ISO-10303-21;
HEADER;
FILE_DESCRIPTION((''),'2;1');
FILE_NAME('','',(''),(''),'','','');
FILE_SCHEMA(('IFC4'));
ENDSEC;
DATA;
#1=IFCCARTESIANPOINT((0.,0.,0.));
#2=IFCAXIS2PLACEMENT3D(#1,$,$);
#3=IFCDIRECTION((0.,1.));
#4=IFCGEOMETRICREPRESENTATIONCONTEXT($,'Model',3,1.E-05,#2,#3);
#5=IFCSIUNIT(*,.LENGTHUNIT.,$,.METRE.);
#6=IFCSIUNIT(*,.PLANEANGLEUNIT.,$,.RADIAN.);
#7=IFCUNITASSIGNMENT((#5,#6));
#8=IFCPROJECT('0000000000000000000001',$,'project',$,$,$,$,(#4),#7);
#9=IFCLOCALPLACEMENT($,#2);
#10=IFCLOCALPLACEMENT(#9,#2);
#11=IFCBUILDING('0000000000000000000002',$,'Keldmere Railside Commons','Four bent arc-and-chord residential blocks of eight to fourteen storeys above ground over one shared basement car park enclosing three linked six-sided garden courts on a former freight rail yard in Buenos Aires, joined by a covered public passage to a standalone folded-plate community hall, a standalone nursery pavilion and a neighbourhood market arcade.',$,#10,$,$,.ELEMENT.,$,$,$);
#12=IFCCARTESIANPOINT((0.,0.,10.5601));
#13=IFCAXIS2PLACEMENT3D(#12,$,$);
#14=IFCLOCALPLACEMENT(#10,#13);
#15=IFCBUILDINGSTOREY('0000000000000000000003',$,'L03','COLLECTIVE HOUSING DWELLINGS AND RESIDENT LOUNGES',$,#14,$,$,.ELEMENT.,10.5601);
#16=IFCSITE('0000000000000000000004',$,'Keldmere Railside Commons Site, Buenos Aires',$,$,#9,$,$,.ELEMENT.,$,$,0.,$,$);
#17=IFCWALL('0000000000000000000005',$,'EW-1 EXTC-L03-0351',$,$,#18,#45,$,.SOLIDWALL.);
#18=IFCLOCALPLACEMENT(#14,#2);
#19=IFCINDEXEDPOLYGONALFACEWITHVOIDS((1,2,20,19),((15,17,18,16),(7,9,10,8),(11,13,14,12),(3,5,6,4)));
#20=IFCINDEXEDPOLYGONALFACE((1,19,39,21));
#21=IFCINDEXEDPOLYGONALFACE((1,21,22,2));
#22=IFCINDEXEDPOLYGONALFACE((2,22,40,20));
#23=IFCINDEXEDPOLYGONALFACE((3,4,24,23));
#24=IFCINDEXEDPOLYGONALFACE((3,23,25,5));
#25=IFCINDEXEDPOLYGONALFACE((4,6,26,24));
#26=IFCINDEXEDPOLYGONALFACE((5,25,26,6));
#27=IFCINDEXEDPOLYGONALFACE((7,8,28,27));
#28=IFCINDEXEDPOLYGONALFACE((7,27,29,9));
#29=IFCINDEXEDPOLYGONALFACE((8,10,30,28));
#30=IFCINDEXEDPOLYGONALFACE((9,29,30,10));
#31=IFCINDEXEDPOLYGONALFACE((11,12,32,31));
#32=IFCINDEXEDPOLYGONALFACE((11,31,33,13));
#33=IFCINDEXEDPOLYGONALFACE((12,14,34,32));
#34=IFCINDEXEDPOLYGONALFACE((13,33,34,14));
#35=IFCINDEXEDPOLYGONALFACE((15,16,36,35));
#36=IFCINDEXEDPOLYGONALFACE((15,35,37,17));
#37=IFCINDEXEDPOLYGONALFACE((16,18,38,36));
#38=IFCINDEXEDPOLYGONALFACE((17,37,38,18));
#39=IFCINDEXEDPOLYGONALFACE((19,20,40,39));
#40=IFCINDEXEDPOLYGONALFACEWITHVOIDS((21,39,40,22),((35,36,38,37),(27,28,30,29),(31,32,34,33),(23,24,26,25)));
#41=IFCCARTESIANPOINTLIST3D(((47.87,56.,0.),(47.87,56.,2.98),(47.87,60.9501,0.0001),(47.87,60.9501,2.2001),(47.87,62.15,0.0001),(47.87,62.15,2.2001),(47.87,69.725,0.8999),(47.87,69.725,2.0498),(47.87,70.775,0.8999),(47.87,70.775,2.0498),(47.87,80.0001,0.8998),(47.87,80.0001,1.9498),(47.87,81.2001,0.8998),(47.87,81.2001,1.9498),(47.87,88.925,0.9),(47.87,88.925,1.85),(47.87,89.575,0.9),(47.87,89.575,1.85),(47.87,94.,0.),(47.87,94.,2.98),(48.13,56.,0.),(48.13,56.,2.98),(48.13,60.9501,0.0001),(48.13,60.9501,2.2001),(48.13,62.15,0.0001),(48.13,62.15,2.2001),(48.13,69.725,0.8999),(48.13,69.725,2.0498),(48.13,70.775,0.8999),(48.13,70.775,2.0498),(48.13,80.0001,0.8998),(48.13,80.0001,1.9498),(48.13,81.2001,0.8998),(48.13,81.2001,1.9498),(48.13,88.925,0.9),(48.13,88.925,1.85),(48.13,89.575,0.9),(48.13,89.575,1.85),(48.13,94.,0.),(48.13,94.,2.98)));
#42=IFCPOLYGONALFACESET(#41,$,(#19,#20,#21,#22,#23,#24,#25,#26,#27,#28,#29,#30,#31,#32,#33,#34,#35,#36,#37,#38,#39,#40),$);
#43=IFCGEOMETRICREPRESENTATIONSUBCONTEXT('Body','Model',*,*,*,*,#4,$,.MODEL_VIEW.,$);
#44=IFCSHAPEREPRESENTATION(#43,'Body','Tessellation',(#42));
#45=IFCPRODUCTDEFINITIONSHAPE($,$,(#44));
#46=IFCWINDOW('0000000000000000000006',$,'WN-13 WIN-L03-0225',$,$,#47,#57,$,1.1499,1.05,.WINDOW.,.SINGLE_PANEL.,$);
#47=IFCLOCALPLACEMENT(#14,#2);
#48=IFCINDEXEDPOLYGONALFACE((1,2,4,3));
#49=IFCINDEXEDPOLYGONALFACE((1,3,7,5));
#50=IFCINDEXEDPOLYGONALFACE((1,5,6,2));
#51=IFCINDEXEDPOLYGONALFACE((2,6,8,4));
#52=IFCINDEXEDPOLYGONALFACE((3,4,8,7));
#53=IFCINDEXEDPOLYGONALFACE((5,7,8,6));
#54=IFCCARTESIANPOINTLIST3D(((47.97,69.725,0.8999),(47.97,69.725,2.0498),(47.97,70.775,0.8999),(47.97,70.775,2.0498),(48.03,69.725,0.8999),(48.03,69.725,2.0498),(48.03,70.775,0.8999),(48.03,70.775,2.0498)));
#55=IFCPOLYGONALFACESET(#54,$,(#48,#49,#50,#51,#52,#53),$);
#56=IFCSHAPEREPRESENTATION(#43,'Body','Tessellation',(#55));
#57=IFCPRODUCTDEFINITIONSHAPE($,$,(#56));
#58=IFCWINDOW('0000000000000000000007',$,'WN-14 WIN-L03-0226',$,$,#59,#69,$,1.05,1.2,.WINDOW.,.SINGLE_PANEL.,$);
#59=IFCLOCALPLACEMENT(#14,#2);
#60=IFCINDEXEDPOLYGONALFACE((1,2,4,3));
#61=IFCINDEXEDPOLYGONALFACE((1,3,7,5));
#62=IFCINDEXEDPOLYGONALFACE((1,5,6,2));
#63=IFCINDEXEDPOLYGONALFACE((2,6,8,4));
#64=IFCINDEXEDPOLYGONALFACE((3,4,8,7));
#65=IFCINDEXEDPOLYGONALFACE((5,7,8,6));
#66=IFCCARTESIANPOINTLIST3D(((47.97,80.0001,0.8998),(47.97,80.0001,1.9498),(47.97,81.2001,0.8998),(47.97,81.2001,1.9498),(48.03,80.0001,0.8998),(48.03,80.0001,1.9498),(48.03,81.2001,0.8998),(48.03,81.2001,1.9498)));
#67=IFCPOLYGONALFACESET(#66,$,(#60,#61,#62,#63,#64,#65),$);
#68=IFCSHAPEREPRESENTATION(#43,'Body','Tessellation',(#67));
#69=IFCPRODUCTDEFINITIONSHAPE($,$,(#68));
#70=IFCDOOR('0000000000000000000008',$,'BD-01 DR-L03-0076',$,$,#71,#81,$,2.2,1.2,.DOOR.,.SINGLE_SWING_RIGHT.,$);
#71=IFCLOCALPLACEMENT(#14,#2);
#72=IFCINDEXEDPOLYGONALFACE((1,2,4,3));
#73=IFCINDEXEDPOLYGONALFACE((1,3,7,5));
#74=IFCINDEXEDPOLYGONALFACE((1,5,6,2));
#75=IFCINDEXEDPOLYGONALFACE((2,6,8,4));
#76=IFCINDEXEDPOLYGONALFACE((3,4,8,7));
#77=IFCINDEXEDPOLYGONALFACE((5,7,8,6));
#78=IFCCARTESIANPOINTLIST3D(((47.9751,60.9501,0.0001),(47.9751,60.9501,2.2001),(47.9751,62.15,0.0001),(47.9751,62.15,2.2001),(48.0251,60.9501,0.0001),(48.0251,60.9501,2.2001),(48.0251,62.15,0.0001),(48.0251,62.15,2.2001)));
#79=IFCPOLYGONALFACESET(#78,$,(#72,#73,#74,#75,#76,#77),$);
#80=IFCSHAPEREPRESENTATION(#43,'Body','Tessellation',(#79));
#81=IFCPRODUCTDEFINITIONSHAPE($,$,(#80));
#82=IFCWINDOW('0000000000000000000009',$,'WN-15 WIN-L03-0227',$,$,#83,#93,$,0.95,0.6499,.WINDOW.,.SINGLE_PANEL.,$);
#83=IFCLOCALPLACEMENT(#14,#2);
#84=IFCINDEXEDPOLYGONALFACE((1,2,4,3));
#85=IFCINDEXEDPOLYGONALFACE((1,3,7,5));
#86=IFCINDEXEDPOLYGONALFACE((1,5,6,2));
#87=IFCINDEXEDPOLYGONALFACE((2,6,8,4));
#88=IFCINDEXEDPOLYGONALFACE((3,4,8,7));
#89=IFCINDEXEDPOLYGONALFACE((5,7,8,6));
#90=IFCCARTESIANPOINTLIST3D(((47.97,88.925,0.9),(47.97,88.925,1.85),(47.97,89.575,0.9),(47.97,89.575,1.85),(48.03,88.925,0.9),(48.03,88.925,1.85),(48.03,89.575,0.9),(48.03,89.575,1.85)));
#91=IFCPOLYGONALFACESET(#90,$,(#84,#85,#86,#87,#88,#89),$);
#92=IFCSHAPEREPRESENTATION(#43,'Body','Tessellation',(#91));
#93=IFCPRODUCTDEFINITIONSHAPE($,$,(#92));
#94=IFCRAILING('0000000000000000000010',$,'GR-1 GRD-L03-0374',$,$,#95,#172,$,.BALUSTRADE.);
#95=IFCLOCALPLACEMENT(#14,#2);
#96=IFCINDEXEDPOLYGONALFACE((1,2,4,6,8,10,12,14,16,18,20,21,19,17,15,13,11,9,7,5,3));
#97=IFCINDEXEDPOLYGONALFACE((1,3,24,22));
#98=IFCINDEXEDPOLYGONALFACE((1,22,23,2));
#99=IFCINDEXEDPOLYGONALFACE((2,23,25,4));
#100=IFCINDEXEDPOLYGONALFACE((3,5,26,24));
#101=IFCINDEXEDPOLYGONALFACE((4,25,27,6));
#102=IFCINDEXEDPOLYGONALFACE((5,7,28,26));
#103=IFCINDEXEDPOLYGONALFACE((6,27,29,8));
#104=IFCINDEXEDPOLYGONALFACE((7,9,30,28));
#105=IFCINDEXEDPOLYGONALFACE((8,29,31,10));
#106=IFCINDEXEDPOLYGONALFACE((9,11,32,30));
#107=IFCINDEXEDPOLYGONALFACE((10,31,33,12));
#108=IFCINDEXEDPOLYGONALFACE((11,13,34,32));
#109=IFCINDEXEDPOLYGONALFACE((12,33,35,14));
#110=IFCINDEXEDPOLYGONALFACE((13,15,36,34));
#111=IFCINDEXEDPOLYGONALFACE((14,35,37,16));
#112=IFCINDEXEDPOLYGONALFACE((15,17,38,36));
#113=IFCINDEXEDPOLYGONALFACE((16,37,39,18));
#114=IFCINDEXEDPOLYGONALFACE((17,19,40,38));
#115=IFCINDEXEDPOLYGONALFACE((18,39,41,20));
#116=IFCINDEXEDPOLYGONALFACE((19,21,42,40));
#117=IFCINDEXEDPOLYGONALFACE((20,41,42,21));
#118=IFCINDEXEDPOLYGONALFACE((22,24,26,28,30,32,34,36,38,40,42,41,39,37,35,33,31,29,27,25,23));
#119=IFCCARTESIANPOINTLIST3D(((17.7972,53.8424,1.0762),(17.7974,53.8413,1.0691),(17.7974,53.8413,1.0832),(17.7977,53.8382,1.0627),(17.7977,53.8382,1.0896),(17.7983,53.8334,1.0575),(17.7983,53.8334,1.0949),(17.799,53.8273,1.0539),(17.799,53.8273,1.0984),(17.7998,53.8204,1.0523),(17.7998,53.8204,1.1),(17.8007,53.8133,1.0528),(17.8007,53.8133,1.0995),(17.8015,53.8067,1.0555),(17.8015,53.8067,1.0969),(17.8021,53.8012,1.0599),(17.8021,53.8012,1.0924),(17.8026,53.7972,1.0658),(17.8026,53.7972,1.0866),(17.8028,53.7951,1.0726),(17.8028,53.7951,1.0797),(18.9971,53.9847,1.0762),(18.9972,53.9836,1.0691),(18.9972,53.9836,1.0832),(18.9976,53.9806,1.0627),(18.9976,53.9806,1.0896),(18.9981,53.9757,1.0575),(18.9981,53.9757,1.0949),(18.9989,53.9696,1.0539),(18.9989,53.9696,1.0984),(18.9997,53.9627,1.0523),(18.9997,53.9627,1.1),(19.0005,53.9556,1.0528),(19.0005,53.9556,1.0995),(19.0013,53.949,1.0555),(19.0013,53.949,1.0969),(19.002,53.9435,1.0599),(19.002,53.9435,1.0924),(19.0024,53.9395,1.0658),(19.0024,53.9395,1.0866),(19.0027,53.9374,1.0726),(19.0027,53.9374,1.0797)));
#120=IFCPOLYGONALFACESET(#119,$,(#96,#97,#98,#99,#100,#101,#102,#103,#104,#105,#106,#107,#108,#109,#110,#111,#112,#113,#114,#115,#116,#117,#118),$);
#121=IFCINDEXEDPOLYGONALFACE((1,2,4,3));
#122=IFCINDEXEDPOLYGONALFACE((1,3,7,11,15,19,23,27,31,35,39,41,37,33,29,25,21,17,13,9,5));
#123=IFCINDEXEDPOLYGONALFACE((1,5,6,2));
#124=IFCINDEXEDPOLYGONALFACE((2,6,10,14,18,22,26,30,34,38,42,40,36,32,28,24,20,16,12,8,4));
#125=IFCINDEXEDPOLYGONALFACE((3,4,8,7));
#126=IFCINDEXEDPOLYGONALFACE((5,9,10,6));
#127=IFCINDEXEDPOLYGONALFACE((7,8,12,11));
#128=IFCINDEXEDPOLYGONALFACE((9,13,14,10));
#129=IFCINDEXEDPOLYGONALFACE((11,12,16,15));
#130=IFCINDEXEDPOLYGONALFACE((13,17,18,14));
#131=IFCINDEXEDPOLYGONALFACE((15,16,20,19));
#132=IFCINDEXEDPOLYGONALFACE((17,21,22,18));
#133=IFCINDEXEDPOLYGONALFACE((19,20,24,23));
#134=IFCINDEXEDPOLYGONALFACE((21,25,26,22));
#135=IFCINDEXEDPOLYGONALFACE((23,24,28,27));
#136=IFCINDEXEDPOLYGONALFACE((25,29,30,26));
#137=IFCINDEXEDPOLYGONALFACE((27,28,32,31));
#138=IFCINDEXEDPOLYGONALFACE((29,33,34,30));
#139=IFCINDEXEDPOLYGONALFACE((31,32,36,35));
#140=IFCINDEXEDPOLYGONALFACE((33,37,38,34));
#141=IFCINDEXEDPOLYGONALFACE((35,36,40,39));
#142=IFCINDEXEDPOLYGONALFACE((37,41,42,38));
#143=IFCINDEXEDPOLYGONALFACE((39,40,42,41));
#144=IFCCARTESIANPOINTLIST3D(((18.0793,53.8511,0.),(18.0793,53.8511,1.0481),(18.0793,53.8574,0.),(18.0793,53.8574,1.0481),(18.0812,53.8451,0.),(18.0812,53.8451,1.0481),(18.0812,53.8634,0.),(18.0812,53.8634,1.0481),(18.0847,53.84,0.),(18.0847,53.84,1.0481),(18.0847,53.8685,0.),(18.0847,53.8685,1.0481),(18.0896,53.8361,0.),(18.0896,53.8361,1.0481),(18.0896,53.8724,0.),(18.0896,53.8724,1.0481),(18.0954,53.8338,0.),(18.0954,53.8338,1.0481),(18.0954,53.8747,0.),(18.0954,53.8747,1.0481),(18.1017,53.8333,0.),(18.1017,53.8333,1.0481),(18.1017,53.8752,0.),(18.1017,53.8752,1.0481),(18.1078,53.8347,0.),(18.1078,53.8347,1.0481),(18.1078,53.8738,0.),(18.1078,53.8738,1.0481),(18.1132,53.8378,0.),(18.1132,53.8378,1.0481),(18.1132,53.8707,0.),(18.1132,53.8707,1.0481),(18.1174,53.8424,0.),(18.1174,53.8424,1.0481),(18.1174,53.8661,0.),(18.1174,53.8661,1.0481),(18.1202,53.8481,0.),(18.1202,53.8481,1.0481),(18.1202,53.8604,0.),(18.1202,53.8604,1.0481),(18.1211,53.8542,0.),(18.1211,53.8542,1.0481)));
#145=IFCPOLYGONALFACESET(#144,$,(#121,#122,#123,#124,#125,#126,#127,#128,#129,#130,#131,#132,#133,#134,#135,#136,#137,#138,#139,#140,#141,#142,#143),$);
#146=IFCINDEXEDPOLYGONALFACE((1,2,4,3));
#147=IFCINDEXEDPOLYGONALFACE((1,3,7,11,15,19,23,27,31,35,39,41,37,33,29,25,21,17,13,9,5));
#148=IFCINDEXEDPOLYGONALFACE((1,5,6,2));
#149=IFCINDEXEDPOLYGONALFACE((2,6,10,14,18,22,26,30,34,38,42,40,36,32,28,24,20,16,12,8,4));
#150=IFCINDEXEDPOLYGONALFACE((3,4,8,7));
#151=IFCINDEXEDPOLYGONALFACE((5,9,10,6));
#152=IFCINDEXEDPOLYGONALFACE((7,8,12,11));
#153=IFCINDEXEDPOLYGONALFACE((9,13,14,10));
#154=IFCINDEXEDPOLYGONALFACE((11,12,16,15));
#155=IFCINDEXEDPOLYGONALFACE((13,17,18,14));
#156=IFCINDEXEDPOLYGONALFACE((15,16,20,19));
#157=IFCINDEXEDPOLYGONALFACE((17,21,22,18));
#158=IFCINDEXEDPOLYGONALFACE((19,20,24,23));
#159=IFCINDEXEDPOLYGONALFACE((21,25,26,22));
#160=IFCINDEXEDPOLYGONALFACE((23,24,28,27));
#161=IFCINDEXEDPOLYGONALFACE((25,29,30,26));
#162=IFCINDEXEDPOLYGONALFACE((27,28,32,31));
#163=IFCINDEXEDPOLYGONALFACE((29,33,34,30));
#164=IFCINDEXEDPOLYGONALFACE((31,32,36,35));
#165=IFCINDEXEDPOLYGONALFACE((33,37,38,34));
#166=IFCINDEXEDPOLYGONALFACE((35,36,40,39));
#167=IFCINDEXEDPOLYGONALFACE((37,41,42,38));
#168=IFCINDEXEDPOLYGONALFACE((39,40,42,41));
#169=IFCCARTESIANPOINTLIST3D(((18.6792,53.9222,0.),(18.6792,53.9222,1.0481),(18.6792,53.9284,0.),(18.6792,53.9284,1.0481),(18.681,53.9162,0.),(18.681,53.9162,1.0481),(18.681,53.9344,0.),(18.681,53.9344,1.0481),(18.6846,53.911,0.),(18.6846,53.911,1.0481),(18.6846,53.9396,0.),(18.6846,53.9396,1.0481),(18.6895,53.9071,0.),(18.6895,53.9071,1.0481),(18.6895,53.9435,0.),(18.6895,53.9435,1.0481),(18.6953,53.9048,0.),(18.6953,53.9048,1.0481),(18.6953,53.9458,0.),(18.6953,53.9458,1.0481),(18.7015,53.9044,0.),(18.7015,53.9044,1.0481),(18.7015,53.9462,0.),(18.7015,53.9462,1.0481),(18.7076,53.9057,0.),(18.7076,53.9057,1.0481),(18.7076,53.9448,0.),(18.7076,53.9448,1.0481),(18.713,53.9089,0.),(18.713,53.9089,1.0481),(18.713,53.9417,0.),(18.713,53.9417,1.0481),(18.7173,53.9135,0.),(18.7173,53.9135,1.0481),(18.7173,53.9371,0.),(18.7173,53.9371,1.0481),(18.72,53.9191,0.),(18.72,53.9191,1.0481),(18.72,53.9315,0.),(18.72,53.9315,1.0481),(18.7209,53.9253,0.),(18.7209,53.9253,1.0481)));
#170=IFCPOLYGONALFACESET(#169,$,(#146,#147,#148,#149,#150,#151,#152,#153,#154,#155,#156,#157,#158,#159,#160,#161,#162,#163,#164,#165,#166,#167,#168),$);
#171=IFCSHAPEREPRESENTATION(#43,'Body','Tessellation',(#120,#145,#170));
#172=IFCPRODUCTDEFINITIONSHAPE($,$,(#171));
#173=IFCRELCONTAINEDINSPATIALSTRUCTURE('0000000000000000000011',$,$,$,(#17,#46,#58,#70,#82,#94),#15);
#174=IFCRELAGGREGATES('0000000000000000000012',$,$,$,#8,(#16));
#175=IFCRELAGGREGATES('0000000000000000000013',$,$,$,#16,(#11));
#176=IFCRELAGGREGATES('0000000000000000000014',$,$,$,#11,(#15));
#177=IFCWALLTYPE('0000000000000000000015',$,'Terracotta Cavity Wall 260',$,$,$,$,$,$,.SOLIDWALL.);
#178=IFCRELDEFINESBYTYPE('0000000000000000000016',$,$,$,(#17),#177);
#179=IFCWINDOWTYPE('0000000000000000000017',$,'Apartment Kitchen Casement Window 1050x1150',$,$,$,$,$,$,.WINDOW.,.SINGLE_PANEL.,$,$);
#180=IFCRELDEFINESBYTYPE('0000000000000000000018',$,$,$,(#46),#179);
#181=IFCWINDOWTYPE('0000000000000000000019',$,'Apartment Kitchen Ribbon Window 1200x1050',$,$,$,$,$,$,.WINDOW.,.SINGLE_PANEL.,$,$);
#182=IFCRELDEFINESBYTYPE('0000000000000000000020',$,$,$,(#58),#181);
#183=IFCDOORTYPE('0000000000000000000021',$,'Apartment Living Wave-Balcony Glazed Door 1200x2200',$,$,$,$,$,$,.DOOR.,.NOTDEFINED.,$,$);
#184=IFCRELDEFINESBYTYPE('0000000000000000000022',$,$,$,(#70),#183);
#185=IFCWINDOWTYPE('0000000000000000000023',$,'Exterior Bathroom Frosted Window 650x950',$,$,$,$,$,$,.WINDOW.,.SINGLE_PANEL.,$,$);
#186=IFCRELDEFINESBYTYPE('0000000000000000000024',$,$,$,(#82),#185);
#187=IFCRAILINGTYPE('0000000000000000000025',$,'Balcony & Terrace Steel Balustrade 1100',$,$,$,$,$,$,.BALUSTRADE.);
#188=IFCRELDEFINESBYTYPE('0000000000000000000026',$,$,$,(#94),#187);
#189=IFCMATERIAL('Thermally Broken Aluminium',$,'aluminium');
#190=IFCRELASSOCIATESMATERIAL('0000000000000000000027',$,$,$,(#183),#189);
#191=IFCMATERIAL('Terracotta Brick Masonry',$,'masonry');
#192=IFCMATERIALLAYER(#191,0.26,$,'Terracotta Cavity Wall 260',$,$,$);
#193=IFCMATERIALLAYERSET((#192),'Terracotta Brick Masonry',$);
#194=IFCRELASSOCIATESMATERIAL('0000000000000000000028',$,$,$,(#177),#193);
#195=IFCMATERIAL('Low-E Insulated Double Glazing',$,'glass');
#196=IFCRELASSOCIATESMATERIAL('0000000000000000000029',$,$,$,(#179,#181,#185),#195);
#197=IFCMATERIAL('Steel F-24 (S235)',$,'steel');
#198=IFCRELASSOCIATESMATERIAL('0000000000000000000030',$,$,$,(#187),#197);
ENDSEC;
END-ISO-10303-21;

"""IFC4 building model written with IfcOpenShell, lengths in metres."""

from ifc_helpers import new_model, si_unit, direction, frame, frame_2d, origin, origin_2d, place, context, subcontext, project, spatial, rectangle, circle, extrude, material, layer, layer_set, type_object, element, fill, save


model = new_model("IFC4")

# Units and contexts
model_context = context("Model", 3, precision=1e-05, world=origin(), true_north=direction((0.0, 1.0)))
body_context = subcontext(model_context, "Body", "Model", "MODEL_VIEW")
ifc_project = project(units=[si_unit("LENGTHUNIT", "METRE"), si_unit("PLANEANGLEUNIT", "RADIAN")], contexts=[model_context])

# Site, building, storey
site_placement = place(None, origin())
site = spatial("IfcSite", under=ifc_project, at=site_placement, Name="Keldmere Railside Commons Site, Buenos Aires", CompositionType="ELEMENT", RefElevation=0.0)
building_placement = place(site_placement, origin())
building = spatial("IfcBuilding", under=site, at=building_placement, Name="Keldmere Railside Commons", Description="Four bent arc-and-chord residential blocks of eight to fourteen storeys above ground over one shared basement car park enclosing three linked six-sided garden courts on a former freight rail yard in Buenos Aires, joined by a covered public passage to a standalone folded-plate community hall, a standalone nursery pavilion and a neighbourhood market arcade.", CompositionType="ELEMENT")
storey_placement = place(building_placement, frame((0.0, 0.0, 10.5601)))
storey = spatial("IfcBuildingStorey", under=building, at=storey_placement, Name="L03", Description="COLLECTIVE HOUSING DWELLINGS AND RESIDENT LOUNGES", CompositionType="ELEMENT", Elevation=10.5601)

# Shared definitions
ifc_material_1 = material(Name="Thermally Broken Aluminium", Category="aluminium")
door_type = type_object("IfcDoorType", Name="Apartment Living Wave-Balcony Glazed Door 1200x2200", OperationType="NOTDEFINED", PredefinedType="DOOR", material=ifc_material_1)
ifc_material_2 = material(Name="Low-E Insulated Double Glazing", Category="glass")

# Wall, openings, windows, door
ifc_material_3 = material(Name="Terracotta Brick Masonry", Category="masonry")
ifc_layer_1 = layer(ifc_material_3, 0.26, Name="Terracotta Cavity Wall 260")
ifc_layer_set_1 = layer_set([ifc_layer_1], Name="Terracotta Brick Masonry")
wall_type_1 = type_object("IfcWallType", Name="Terracotta Cavity Wall 260", PredefinedType="SOLIDWALL", material=ifc_layer_set_1)
wall_1_placement = place(storey_placement, frame((48.0, 56.0, 0.0), z_axis=(0.0, 0.0, 1.0), x_axis=(0.0, 1.0, 0.0)))
wall_1 = element("IfcWall", 1, at=wall_1_placement, inside=storey, type_object=wall_type_1, Name="EW-1 EXTC-L03-0351", PredefinedType="SOLIDWALL", context=body_context, shape_type="SweptSolid", body=[
    extrude(rectangle(XDim=38.0, YDim=0.26, at=frame_2d((19.0, 0.0))), origin(), (0.0, 0.0, 1.0), 2.98),
])
opening_1_placement = place(wall_1_placement, frame((4.95, 0.0, 0.0)))
opening_1 = element("IfcOpeningElement", 2, at=opening_1_placement, cuts=wall_1, PredefinedType="OPENING", context=body_context, shape_type="SweptSolid", body=[
    extrude(rectangle(XDim=1.2, YDim=2.2, at=frame_2d((0.6001, 1.1001))), frame((0.0, 0.1399, 0.0), z_axis=(0.0, -1.0, 0.0), x_axis=(1.0, 0.0, 0.0)), (0.0, 0.0, 1.0), 0.28),
])
opening_2_placement = place(wall_1_placement, frame((13.7251, 0.0, 0.8999)))
opening_2 = element("IfcOpeningElement", 3, at=opening_2_placement, cuts=wall_1, PredefinedType="OPENING", context=body_context, shape_type="SweptSolid", body=[
    extrude(rectangle(XDim=1.05, YDim=1.1499, at=frame_2d((0.5249, 0.575))), frame((0.0, 0.1399, 0.0), z_axis=(0.0, -1.0, 0.0), x_axis=(1.0, 0.0, 0.0)), (0.0, 0.0, 1.0), 0.28),
])
opening_3_placement = place(wall_1_placement, frame((24.0, 0.0, 0.8999)))
opening_3 = element("IfcOpeningElement", 4, at=opening_3_placement, cuts=wall_1, PredefinedType="OPENING", context=body_context, shape_type="SweptSolid", body=[
    extrude(rectangle(XDim=1.2, YDim=1.05, at=frame_2d((0.6001, 0.5249))), frame((0.0, 0.1399, 0.0), z_axis=(0.0, -1.0, 0.0), x_axis=(1.0, 0.0, 0.0)), (0.0, 0.0, 1.0), 0.28),
])
opening_4_placement = place(wall_1_placement, frame((32.925, 0.0, 0.8999)))
opening_4 = element("IfcOpeningElement", 5, at=opening_4_placement, cuts=wall_1, PredefinedType="OPENING", context=body_context, shape_type="SweptSolid", body=[
    extrude(rectangle(XDim=0.6499, YDim=0.95, at=frame_2d((0.325, 0.4751))), frame((0.0, 0.1399, 0.0), z_axis=(0.0, -1.0, 0.0), x_axis=(1.0, 0.0, 0.0)), (0.0, 0.0, 1.0), 0.28),
])
window_type_1 = type_object("IfcWindowType", Name="Apartment Kitchen Casement Window 1050x1150", PartitioningType="SINGLE_PANEL", PredefinedType="WINDOW", material=ifc_material_2)
window_1_placement = place(opening_2_placement, origin())
window_1 = element("IfcWindow", 6, at=window_1_placement, inside=storey, type_object=window_type_1, Name="WN-13 WIN-L03-0225", OverallHeight=1.1499, OverallWidth=1.05, PartitioningType="SINGLE_PANEL", PredefinedType="WINDOW", context=body_context, shape_type="SweptSolid", body=[
    extrude(rectangle(XDim=1.05, YDim=1.1499, at=frame_2d((0.5249, 0.575))), frame((0.0, 0.03, 0.0), z_axis=(0.0, -1.0, 0.0), x_axis=(1.0, 0.0, 0.0)), (0.0, 0.0, 1.0), 0.0601),
])
fill(opening_2, window_1)
window_type_2 = type_object("IfcWindowType", Name="Apartment Kitchen Ribbon Window 1200x1050", PartitioningType="SINGLE_PANEL", PredefinedType="WINDOW", material=ifc_material_2)
window_2_placement = place(opening_3_placement, origin())
window_2 = element("IfcWindow", 7, at=window_2_placement, inside=storey, type_object=window_type_2, Name="WN-14 WIN-L03-0226", OverallHeight=1.05, OverallWidth=1.2, PartitioningType="SINGLE_PANEL", PredefinedType="WINDOW", context=body_context, shape_type="SweptSolid", body=[
    extrude(rectangle(XDim=1.2, YDim=1.05, at=frame_2d((0.6001, 0.5249))), frame((0.0, 0.03, 0.0), z_axis=(0.0, -1.0, 0.0), x_axis=(1.0, 0.0, 0.0)), (0.0, 0.0, 1.0), 0.0601),
])
fill(opening_3, window_2)
door_1_placement = place(opening_1_placement, origin())
door_1 = element("IfcDoor", 8, at=door_1_placement, inside=storey, type_object=door_type, Name="BD-01 DR-L03-0076", OperationType="SINGLE_SWING_RIGHT", OverallHeight=2.2, OverallWidth=1.2, PredefinedType="DOOR", context=body_context, shape_type="SweptSolid", body=[
    extrude(rectangle(XDim=1.2, YDim=2.2, at=frame_2d((0.6001, 1.1001))), frame((0.0, 0.0249, 0.0), z_axis=(0.0, -1.0, 0.0), x_axis=(1.0, 0.0, 0.0)), (0.0, 0.0, 1.0), 0.05),
])
fill(opening_1, door_1)
window_type_3 = type_object("IfcWindowType", Name="Exterior Bathroom Frosted Window 650x950", PartitioningType="SINGLE_PANEL", PredefinedType="WINDOW", material=ifc_material_2)
window_3_placement = place(opening_4_placement, origin())
window_3 = element("IfcWindow", 9, at=window_3_placement, inside=storey, type_object=window_type_3, Name="WN-15 WIN-L03-0227", OverallHeight=0.95, OverallWidth=0.6499, PartitioningType="SINGLE_PANEL", PredefinedType="WINDOW", context=body_context, shape_type="SweptSolid", body=[
    extrude(rectangle(XDim=0.6499, YDim=0.95, at=frame_2d((0.325, 0.4751))), frame((0.0, 0.03, 0.0), z_axis=(0.0, -1.0, 0.0), x_axis=(1.0, 0.0, 0.0)), (0.0, 0.0, 1.0), 0.0601),
])
fill(opening_4, window_3)

# Railing
ifc_material_4 = material(Name="Steel F-24 (S235)", Category="steel")
railing_type = type_object("IfcRailingType", Name="Balcony & Terrace Steel Balustrade 1100", PredefinedType="BALUSTRADE", material=ifc_material_4)
railing_1_placement = place(storey_placement, frame((17.8, 53.8186, 0.0)))
element("IfcRailing", 10, at=railing_1_placement, inside=storey, type_object=railing_type, Name="GR-1 GRD-L03-0374", PredefinedType="BALUSTRADE", context=body_context, shape_type="SweptSolid", body=[
    extrude(circle(Radius=0.0239, at=origin_2d()), frame((0.0, 0.0, 1.0762), z_axis=(0.993038, 0.117791, 0.0), x_axis=(-0.117791, 0.993038, 0.0)), (0.0, 0.0, 1.0), 1.2083),
    extrude(circle(Radius=0.021, at=origin_2d()), frame((0.3, 0.0356, 0.0)), (0.0, 0.0, 1.0), 1.0481),
    extrude(circle(Radius=0.021, at=origin_2d()), frame((0.8999, 0.1067, 0.0)), (0.0, 0.0, 1.0), 1.0481),
])

save(model, "model.ifc")
